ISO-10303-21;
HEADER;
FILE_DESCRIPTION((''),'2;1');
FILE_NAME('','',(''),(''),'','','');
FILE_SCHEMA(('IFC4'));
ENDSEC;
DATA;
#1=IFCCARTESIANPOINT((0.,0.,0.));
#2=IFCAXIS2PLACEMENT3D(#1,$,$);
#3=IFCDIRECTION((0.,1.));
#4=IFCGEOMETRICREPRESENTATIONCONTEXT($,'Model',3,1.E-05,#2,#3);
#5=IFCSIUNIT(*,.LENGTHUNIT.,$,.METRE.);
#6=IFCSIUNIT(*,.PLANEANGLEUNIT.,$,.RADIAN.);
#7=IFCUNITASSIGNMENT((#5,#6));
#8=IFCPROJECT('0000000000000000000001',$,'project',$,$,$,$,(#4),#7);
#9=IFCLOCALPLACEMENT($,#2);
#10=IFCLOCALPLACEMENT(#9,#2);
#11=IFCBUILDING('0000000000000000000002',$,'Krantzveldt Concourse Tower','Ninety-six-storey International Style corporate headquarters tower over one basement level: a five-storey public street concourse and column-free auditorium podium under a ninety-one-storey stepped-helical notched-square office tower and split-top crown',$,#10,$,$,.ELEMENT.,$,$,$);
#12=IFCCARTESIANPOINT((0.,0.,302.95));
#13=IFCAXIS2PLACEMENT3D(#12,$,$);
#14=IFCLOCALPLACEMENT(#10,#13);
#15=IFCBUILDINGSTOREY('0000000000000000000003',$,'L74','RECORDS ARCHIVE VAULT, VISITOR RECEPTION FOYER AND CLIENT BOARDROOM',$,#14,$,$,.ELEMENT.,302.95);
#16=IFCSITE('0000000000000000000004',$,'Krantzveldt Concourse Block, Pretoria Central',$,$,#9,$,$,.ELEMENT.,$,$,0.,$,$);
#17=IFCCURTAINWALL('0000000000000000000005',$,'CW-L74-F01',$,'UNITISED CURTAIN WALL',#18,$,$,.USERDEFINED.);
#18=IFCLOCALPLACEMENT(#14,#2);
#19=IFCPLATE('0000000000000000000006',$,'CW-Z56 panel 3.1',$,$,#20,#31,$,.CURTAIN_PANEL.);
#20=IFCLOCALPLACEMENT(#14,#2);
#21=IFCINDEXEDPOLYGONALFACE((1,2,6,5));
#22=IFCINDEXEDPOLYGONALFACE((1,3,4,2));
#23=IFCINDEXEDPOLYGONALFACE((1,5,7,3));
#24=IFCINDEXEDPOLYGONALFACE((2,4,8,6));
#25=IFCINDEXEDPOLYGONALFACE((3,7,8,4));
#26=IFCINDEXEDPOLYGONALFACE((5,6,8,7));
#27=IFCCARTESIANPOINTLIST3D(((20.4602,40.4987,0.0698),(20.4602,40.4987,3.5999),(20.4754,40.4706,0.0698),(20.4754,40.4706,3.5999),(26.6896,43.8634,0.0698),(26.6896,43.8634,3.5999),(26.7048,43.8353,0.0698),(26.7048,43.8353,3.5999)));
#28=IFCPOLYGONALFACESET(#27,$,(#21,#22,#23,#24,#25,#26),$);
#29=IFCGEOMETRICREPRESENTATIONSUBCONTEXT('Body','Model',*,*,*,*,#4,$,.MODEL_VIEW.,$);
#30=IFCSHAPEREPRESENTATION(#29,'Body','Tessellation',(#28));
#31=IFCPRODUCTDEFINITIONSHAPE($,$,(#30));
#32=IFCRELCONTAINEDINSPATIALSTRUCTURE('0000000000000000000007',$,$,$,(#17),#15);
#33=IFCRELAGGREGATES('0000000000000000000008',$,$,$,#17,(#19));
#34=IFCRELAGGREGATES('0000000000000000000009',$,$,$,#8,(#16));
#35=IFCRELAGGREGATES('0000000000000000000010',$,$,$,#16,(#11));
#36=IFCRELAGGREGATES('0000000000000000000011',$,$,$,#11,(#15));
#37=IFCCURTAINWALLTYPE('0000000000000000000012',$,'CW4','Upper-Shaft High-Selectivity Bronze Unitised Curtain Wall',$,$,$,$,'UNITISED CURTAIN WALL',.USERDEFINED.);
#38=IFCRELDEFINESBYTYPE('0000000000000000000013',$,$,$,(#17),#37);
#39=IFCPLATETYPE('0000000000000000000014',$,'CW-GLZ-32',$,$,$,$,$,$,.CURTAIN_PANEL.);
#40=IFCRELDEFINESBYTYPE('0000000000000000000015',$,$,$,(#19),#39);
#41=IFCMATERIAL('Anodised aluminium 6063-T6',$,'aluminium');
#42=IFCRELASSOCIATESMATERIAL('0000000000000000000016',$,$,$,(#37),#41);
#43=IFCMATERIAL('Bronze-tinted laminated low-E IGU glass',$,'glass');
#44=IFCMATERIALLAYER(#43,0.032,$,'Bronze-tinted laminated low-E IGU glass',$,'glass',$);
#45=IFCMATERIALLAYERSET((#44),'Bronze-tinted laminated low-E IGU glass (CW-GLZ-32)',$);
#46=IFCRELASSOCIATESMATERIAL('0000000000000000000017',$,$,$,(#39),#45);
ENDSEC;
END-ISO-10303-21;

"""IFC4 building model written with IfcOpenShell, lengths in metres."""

from ifc_helpers import new_model, si_unit, direction, frame, origin, origin_2d, place, context, subcontext, project, spatial, rectangle, extrude, source, transform, mapped, material, layer, layer_set, type_object, type_shapes, element, aggregate, save


model = new_model("IFC4")

# Units and contexts
model_context = context("Model", 3, precision=1e-05, world=origin(), true_north=direction((0.0, 1.0)))
body_context = subcontext(model_context, "Body", "Model", "MODEL_VIEW")
ifc_project = project(units=[si_unit("LENGTHUNIT", "METRE"), si_unit("PLANEANGLEUNIT", "RADIAN")], contexts=[model_context])

# Site, building, storey
site_placement = place(None, origin())
site = spatial("IfcSite", under=ifc_project, at=site_placement, Name="Krantzveldt Concourse Block, Pretoria Central", CompositionType="ELEMENT", RefElevation=0.0)
building_placement = place(site_placement, origin())
building = spatial("IfcBuilding", under=site, at=building_placement, Name="Krantzveldt Concourse Tower", Description="Ninety-six-storey International Style corporate headquarters tower over one basement level: a five-storey public street concourse and column-free auditorium podium under a ninety-one-storey stepped-helical notched-square office tower and split-top crown", CompositionType="ELEMENT")
storey_placement = place(building_placement, frame((0.0, 0.0, 302.95)))
storey = spatial("IfcBuildingStorey", under=building, at=storey_placement, Name="L74", Description="RECORDS ARCHIVE VAULT, VISITOR RECEPTION FOYER AND CLIENT BOARDROOM", CompositionType="ELEMENT", Elevation=302.95)

# Curtain wall, plate
ifc_material_1 = material(Name="Anodised aluminium 6063-T6", Category="aluminium")
curtain_wall_type = type_object("IfcCurtainWallType", Name="CW4", Description="Upper-Shaft High-Selectivity Bronze Unitised Curtain Wall", ElementType="UNITISED CURTAIN WALL", PredefinedType="USERDEFINED", material=ifc_material_1)
curtain_wall_placement = place(storey_placement, origin())
curtain_wall = element("IfcCurtainWall", 1, at=curtain_wall_placement, inside=storey, type_object=curtain_wall_type, Name="CW-L74-F01", ObjectType="UNITISED CURTAIN WALL", PredefinedType="USERDEFINED")
ifc_material_2 = material(Name="Bronze-tinted laminated low-E IGU glass", Category="glass")
ifc_layer = layer(ifc_material_2, 0.032, Name="Bronze-tinted laminated low-E IGU glass", Category="glass")
ifc_layer_set = layer_set([ifc_layer], Name="Bronze-tinted laminated low-E IGU glass (CW-GLZ-32)")
plate_type = type_object("IfcPlateType", Name="CW-GLZ-32", PredefinedType="CURTAIN_PANEL", material=ifc_layer_set)
shared_shape_1 = source(origin(), body_context, "Body", "SweptSolid", [
    extrude(rectangle(XDim=7.0801, YDim=0.032, at=origin_2d()), origin(), (0.0, 0.0, 1.0), 3.53),
])
type_shapes(plate_type, [shared_shape_1])
plate_1_placement = place(storey_placement, frame((23.5825, 42.167, 0.0698), z_axis=(0.0, 0.0, 1.0), x_axis=(-0.879856, -0.47524, 0.0)))
plate_1 = element("IfcPlate", 2, at=plate_1_placement, type_object=plate_type, Name="CW-Z56 panel 3.1", PredefinedType="CURTAIN_PANEL", context=body_context, shape_type="MappedRepresentation", body=[
    mapped(shared_shape_1, transform((0.0, 0.0, 0.0), x_axis=(1.0, 0.0, 0.0), y_axis=(0.0, 1.0, 0.0), z_axis=(0.0, 0.0, 1.0), scale=1.0)),
])
aggregate(curtain_wall, [plate_1])

save(model, "model.ifc")
